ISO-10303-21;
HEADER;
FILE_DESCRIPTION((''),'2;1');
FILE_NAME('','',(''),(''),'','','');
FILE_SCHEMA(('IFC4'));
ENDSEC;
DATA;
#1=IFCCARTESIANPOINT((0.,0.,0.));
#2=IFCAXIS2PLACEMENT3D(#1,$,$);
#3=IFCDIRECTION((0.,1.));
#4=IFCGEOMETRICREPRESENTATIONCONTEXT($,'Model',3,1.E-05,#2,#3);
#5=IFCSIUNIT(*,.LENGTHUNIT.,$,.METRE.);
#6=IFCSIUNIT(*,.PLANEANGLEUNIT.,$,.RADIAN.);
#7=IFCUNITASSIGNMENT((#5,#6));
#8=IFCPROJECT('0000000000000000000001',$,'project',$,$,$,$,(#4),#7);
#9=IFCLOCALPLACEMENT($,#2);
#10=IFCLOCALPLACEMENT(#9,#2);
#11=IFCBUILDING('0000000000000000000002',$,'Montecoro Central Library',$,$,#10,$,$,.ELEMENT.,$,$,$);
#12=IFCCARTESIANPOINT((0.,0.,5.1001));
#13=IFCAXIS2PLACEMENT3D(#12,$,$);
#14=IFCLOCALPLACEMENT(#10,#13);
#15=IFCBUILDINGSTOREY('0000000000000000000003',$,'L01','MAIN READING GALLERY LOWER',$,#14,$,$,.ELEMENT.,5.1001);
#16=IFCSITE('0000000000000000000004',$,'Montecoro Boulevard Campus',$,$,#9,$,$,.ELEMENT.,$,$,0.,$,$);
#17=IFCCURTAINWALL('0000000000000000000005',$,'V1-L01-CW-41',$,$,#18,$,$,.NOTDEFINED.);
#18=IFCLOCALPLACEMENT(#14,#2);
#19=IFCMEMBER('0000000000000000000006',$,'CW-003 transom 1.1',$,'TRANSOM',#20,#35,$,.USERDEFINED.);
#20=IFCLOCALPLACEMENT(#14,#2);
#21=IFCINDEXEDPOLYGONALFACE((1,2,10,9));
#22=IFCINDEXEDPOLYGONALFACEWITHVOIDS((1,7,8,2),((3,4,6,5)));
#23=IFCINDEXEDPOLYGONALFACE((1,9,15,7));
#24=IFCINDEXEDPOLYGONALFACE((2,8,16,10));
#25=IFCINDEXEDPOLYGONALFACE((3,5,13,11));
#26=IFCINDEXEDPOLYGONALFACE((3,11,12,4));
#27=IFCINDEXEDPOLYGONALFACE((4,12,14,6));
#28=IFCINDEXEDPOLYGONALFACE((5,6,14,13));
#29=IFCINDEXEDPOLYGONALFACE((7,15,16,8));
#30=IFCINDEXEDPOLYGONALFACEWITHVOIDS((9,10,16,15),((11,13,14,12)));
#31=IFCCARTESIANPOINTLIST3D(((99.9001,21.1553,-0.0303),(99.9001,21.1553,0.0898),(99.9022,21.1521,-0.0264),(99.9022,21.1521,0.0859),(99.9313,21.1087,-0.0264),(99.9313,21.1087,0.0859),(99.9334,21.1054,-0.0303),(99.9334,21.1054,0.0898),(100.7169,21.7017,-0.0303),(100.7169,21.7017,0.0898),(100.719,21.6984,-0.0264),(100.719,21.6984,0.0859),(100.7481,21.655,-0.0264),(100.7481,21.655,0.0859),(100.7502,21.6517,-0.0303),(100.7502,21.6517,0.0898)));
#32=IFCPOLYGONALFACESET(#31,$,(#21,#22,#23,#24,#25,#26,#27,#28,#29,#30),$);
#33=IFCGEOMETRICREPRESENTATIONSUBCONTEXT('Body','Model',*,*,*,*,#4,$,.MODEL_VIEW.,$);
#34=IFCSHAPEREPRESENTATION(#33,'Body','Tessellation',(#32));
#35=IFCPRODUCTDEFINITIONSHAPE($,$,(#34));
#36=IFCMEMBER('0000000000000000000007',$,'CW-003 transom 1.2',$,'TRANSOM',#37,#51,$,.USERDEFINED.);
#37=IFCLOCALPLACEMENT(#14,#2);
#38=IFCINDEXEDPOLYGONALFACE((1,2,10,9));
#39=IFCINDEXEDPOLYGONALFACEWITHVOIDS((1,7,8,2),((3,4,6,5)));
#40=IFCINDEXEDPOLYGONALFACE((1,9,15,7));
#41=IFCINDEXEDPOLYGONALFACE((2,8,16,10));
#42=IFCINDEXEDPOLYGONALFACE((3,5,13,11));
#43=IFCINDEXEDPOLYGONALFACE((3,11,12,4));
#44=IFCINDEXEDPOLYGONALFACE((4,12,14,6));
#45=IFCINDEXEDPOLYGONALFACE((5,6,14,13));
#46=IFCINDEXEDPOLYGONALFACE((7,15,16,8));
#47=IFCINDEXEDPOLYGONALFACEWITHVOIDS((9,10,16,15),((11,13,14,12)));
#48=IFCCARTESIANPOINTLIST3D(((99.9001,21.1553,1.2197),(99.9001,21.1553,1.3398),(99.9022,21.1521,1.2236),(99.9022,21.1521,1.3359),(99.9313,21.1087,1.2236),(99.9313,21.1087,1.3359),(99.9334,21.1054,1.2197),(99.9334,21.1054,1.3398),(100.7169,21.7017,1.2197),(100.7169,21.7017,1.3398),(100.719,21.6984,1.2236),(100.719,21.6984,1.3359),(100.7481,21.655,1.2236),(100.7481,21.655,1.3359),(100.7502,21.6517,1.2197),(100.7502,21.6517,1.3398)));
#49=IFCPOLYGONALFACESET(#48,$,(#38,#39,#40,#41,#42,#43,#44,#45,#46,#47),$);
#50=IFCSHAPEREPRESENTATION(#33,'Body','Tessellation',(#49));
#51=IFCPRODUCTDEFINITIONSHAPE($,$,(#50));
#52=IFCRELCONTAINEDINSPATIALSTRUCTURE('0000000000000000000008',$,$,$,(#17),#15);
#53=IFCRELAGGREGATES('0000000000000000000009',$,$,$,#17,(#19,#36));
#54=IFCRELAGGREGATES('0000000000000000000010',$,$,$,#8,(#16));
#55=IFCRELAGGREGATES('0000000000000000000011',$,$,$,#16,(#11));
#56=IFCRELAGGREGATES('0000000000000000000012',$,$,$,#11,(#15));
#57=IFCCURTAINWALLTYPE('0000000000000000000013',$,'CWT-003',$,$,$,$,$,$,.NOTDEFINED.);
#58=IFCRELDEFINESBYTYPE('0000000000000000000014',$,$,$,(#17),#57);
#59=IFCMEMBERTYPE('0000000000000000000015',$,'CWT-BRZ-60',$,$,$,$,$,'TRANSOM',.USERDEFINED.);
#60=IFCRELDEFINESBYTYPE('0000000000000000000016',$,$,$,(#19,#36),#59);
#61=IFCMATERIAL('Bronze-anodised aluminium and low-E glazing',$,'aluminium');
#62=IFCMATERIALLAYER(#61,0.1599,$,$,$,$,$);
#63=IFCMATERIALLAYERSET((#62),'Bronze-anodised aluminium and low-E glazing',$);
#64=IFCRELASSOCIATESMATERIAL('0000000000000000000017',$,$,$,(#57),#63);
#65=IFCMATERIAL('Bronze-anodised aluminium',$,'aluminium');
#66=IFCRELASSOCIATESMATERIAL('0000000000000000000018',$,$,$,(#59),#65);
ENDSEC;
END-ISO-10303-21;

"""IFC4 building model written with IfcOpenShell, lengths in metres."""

from ifc_helpers import new_model, si_unit, direction, frame, origin, origin_2d, place, context, subcontext, project, spatial, hollow_rectangle, extrude, material, layer, layer_set, material_profile, profile_set, type_object, element, aggregate, save


model = new_model("IFC4")

# Units and contexts
model_context = context("Model", 3, precision=1e-05, world=origin(), true_north=direction((0.0, 1.0)))
body_context = subcontext(model_context, "Body", "Model", "MODEL_VIEW")
ifc_project = project(units=[si_unit("LENGTHUNIT", "METRE"), si_unit("PLANEANGLEUNIT", "RADIAN")], contexts=[model_context])

# Site, building, storey
site_placement = place(None, origin())
site = spatial("IfcSite", under=ifc_project, at=site_placement, Name="Montecoro Boulevard Campus", CompositionType="ELEMENT", RefElevation=0.0)
building_placement = place(site_placement, origin())
building = spatial("IfcBuilding", under=site, at=building_placement, Name="Montecoro Central Library", CompositionType="ELEMENT")
storey_placement = place(building_placement, frame((0.0, 0.0, 5.1001)))
storey = spatial("IfcBuildingStorey", under=building, at=storey_placement, Name="L01", Description="MAIN READING GALLERY LOWER", CompositionType="ELEMENT", Elevation=5.1001)

# Curtain wall, members
ifc_material_1 = material(Name="Bronze-anodised aluminium and low-E glazing", Category="aluminium")
ifc_layer_1 = layer(ifc_material_1, 0.1599)
ifc_layer_set_1 = layer_set([ifc_layer_1], Name="Bronze-anodised aluminium and low-E glazing")
curtain_wall_type = type_object("IfcCurtainWallType", Name="CWT-003", PredefinedType="NOTDEFINED", material=ifc_layer_set_1)
curtain_wall_placement = place(storey_placement, origin())
curtain_wall = element("IfcCurtainWall", 1, at=curtain_wall_placement, inside=storey, type_object=curtain_wall_type, Name="V1-L01-CW-41", PredefinedType="NOTDEFINED")
ifc_material_2 = material(Name="Bronze-anodised aluminium", Category="aluminium")
ifc_material_profile_1 = material_profile(ifc_material_2, hollow_rectangle(XDim=0.0601, YDim=0.1201, WallThickness=0.0039, at=origin_2d()), Name="CWT 120x60x4.0")
ifc_profile_set_1 = profile_set([ifc_material_profile_1], Name="Bronze-anodised aluminium")
member_type_1 = type_object("IfcMemberType", Name="CWT-BRZ-60", ElementType="TRANSOM", PredefinedType="USERDEFINED", material=ifc_profile_set_1)
member_1_placement = place(storey_placement, frame((99.9167, 21.1304, 0.0298), z_axis=(0.831209, 0.555961, 0.0), x_axis=(-0.555961, 0.831209, 0.0)))
member_1 = element("IfcMember", 2, at=member_1_placement, type_object=member_type_1, Name="CW-003 transom 1.1", ObjectType="TRANSOM", PredefinedType="USERDEFINED", context=body_context, shape_type="SweptSolid", body=[
    extrude(hollow_rectangle(XDim=0.0601, YDim=0.1201, WallThickness=0.0039, at=origin_2d()), origin(), (0.0, 0.0, 1.0), 0.9827),
])
member_2_placement = place(storey_placement, frame((99.9167, 21.1304, 1.2798), z_axis=(0.831209, 0.555961, 0.0), x_axis=(-0.555961, 0.831209, 0.0)))
member_2 = element("IfcMember", 3, at=member_2_placement, type_object=member_type_1, Name="CW-003 transom 1.2", ObjectType="TRANSOM", PredefinedType="USERDEFINED", context=body_context, shape_type="SweptSolid", body=[
    extrude(hollow_rectangle(XDim=0.0601, YDim=0.1201, WallThickness=0.0039, at=origin_2d()), origin(), (0.0, 0.0, 1.0), 0.9827),
])
aggregate(curtain_wall, [member_1, member_2])

save(model, "model.ifc")
